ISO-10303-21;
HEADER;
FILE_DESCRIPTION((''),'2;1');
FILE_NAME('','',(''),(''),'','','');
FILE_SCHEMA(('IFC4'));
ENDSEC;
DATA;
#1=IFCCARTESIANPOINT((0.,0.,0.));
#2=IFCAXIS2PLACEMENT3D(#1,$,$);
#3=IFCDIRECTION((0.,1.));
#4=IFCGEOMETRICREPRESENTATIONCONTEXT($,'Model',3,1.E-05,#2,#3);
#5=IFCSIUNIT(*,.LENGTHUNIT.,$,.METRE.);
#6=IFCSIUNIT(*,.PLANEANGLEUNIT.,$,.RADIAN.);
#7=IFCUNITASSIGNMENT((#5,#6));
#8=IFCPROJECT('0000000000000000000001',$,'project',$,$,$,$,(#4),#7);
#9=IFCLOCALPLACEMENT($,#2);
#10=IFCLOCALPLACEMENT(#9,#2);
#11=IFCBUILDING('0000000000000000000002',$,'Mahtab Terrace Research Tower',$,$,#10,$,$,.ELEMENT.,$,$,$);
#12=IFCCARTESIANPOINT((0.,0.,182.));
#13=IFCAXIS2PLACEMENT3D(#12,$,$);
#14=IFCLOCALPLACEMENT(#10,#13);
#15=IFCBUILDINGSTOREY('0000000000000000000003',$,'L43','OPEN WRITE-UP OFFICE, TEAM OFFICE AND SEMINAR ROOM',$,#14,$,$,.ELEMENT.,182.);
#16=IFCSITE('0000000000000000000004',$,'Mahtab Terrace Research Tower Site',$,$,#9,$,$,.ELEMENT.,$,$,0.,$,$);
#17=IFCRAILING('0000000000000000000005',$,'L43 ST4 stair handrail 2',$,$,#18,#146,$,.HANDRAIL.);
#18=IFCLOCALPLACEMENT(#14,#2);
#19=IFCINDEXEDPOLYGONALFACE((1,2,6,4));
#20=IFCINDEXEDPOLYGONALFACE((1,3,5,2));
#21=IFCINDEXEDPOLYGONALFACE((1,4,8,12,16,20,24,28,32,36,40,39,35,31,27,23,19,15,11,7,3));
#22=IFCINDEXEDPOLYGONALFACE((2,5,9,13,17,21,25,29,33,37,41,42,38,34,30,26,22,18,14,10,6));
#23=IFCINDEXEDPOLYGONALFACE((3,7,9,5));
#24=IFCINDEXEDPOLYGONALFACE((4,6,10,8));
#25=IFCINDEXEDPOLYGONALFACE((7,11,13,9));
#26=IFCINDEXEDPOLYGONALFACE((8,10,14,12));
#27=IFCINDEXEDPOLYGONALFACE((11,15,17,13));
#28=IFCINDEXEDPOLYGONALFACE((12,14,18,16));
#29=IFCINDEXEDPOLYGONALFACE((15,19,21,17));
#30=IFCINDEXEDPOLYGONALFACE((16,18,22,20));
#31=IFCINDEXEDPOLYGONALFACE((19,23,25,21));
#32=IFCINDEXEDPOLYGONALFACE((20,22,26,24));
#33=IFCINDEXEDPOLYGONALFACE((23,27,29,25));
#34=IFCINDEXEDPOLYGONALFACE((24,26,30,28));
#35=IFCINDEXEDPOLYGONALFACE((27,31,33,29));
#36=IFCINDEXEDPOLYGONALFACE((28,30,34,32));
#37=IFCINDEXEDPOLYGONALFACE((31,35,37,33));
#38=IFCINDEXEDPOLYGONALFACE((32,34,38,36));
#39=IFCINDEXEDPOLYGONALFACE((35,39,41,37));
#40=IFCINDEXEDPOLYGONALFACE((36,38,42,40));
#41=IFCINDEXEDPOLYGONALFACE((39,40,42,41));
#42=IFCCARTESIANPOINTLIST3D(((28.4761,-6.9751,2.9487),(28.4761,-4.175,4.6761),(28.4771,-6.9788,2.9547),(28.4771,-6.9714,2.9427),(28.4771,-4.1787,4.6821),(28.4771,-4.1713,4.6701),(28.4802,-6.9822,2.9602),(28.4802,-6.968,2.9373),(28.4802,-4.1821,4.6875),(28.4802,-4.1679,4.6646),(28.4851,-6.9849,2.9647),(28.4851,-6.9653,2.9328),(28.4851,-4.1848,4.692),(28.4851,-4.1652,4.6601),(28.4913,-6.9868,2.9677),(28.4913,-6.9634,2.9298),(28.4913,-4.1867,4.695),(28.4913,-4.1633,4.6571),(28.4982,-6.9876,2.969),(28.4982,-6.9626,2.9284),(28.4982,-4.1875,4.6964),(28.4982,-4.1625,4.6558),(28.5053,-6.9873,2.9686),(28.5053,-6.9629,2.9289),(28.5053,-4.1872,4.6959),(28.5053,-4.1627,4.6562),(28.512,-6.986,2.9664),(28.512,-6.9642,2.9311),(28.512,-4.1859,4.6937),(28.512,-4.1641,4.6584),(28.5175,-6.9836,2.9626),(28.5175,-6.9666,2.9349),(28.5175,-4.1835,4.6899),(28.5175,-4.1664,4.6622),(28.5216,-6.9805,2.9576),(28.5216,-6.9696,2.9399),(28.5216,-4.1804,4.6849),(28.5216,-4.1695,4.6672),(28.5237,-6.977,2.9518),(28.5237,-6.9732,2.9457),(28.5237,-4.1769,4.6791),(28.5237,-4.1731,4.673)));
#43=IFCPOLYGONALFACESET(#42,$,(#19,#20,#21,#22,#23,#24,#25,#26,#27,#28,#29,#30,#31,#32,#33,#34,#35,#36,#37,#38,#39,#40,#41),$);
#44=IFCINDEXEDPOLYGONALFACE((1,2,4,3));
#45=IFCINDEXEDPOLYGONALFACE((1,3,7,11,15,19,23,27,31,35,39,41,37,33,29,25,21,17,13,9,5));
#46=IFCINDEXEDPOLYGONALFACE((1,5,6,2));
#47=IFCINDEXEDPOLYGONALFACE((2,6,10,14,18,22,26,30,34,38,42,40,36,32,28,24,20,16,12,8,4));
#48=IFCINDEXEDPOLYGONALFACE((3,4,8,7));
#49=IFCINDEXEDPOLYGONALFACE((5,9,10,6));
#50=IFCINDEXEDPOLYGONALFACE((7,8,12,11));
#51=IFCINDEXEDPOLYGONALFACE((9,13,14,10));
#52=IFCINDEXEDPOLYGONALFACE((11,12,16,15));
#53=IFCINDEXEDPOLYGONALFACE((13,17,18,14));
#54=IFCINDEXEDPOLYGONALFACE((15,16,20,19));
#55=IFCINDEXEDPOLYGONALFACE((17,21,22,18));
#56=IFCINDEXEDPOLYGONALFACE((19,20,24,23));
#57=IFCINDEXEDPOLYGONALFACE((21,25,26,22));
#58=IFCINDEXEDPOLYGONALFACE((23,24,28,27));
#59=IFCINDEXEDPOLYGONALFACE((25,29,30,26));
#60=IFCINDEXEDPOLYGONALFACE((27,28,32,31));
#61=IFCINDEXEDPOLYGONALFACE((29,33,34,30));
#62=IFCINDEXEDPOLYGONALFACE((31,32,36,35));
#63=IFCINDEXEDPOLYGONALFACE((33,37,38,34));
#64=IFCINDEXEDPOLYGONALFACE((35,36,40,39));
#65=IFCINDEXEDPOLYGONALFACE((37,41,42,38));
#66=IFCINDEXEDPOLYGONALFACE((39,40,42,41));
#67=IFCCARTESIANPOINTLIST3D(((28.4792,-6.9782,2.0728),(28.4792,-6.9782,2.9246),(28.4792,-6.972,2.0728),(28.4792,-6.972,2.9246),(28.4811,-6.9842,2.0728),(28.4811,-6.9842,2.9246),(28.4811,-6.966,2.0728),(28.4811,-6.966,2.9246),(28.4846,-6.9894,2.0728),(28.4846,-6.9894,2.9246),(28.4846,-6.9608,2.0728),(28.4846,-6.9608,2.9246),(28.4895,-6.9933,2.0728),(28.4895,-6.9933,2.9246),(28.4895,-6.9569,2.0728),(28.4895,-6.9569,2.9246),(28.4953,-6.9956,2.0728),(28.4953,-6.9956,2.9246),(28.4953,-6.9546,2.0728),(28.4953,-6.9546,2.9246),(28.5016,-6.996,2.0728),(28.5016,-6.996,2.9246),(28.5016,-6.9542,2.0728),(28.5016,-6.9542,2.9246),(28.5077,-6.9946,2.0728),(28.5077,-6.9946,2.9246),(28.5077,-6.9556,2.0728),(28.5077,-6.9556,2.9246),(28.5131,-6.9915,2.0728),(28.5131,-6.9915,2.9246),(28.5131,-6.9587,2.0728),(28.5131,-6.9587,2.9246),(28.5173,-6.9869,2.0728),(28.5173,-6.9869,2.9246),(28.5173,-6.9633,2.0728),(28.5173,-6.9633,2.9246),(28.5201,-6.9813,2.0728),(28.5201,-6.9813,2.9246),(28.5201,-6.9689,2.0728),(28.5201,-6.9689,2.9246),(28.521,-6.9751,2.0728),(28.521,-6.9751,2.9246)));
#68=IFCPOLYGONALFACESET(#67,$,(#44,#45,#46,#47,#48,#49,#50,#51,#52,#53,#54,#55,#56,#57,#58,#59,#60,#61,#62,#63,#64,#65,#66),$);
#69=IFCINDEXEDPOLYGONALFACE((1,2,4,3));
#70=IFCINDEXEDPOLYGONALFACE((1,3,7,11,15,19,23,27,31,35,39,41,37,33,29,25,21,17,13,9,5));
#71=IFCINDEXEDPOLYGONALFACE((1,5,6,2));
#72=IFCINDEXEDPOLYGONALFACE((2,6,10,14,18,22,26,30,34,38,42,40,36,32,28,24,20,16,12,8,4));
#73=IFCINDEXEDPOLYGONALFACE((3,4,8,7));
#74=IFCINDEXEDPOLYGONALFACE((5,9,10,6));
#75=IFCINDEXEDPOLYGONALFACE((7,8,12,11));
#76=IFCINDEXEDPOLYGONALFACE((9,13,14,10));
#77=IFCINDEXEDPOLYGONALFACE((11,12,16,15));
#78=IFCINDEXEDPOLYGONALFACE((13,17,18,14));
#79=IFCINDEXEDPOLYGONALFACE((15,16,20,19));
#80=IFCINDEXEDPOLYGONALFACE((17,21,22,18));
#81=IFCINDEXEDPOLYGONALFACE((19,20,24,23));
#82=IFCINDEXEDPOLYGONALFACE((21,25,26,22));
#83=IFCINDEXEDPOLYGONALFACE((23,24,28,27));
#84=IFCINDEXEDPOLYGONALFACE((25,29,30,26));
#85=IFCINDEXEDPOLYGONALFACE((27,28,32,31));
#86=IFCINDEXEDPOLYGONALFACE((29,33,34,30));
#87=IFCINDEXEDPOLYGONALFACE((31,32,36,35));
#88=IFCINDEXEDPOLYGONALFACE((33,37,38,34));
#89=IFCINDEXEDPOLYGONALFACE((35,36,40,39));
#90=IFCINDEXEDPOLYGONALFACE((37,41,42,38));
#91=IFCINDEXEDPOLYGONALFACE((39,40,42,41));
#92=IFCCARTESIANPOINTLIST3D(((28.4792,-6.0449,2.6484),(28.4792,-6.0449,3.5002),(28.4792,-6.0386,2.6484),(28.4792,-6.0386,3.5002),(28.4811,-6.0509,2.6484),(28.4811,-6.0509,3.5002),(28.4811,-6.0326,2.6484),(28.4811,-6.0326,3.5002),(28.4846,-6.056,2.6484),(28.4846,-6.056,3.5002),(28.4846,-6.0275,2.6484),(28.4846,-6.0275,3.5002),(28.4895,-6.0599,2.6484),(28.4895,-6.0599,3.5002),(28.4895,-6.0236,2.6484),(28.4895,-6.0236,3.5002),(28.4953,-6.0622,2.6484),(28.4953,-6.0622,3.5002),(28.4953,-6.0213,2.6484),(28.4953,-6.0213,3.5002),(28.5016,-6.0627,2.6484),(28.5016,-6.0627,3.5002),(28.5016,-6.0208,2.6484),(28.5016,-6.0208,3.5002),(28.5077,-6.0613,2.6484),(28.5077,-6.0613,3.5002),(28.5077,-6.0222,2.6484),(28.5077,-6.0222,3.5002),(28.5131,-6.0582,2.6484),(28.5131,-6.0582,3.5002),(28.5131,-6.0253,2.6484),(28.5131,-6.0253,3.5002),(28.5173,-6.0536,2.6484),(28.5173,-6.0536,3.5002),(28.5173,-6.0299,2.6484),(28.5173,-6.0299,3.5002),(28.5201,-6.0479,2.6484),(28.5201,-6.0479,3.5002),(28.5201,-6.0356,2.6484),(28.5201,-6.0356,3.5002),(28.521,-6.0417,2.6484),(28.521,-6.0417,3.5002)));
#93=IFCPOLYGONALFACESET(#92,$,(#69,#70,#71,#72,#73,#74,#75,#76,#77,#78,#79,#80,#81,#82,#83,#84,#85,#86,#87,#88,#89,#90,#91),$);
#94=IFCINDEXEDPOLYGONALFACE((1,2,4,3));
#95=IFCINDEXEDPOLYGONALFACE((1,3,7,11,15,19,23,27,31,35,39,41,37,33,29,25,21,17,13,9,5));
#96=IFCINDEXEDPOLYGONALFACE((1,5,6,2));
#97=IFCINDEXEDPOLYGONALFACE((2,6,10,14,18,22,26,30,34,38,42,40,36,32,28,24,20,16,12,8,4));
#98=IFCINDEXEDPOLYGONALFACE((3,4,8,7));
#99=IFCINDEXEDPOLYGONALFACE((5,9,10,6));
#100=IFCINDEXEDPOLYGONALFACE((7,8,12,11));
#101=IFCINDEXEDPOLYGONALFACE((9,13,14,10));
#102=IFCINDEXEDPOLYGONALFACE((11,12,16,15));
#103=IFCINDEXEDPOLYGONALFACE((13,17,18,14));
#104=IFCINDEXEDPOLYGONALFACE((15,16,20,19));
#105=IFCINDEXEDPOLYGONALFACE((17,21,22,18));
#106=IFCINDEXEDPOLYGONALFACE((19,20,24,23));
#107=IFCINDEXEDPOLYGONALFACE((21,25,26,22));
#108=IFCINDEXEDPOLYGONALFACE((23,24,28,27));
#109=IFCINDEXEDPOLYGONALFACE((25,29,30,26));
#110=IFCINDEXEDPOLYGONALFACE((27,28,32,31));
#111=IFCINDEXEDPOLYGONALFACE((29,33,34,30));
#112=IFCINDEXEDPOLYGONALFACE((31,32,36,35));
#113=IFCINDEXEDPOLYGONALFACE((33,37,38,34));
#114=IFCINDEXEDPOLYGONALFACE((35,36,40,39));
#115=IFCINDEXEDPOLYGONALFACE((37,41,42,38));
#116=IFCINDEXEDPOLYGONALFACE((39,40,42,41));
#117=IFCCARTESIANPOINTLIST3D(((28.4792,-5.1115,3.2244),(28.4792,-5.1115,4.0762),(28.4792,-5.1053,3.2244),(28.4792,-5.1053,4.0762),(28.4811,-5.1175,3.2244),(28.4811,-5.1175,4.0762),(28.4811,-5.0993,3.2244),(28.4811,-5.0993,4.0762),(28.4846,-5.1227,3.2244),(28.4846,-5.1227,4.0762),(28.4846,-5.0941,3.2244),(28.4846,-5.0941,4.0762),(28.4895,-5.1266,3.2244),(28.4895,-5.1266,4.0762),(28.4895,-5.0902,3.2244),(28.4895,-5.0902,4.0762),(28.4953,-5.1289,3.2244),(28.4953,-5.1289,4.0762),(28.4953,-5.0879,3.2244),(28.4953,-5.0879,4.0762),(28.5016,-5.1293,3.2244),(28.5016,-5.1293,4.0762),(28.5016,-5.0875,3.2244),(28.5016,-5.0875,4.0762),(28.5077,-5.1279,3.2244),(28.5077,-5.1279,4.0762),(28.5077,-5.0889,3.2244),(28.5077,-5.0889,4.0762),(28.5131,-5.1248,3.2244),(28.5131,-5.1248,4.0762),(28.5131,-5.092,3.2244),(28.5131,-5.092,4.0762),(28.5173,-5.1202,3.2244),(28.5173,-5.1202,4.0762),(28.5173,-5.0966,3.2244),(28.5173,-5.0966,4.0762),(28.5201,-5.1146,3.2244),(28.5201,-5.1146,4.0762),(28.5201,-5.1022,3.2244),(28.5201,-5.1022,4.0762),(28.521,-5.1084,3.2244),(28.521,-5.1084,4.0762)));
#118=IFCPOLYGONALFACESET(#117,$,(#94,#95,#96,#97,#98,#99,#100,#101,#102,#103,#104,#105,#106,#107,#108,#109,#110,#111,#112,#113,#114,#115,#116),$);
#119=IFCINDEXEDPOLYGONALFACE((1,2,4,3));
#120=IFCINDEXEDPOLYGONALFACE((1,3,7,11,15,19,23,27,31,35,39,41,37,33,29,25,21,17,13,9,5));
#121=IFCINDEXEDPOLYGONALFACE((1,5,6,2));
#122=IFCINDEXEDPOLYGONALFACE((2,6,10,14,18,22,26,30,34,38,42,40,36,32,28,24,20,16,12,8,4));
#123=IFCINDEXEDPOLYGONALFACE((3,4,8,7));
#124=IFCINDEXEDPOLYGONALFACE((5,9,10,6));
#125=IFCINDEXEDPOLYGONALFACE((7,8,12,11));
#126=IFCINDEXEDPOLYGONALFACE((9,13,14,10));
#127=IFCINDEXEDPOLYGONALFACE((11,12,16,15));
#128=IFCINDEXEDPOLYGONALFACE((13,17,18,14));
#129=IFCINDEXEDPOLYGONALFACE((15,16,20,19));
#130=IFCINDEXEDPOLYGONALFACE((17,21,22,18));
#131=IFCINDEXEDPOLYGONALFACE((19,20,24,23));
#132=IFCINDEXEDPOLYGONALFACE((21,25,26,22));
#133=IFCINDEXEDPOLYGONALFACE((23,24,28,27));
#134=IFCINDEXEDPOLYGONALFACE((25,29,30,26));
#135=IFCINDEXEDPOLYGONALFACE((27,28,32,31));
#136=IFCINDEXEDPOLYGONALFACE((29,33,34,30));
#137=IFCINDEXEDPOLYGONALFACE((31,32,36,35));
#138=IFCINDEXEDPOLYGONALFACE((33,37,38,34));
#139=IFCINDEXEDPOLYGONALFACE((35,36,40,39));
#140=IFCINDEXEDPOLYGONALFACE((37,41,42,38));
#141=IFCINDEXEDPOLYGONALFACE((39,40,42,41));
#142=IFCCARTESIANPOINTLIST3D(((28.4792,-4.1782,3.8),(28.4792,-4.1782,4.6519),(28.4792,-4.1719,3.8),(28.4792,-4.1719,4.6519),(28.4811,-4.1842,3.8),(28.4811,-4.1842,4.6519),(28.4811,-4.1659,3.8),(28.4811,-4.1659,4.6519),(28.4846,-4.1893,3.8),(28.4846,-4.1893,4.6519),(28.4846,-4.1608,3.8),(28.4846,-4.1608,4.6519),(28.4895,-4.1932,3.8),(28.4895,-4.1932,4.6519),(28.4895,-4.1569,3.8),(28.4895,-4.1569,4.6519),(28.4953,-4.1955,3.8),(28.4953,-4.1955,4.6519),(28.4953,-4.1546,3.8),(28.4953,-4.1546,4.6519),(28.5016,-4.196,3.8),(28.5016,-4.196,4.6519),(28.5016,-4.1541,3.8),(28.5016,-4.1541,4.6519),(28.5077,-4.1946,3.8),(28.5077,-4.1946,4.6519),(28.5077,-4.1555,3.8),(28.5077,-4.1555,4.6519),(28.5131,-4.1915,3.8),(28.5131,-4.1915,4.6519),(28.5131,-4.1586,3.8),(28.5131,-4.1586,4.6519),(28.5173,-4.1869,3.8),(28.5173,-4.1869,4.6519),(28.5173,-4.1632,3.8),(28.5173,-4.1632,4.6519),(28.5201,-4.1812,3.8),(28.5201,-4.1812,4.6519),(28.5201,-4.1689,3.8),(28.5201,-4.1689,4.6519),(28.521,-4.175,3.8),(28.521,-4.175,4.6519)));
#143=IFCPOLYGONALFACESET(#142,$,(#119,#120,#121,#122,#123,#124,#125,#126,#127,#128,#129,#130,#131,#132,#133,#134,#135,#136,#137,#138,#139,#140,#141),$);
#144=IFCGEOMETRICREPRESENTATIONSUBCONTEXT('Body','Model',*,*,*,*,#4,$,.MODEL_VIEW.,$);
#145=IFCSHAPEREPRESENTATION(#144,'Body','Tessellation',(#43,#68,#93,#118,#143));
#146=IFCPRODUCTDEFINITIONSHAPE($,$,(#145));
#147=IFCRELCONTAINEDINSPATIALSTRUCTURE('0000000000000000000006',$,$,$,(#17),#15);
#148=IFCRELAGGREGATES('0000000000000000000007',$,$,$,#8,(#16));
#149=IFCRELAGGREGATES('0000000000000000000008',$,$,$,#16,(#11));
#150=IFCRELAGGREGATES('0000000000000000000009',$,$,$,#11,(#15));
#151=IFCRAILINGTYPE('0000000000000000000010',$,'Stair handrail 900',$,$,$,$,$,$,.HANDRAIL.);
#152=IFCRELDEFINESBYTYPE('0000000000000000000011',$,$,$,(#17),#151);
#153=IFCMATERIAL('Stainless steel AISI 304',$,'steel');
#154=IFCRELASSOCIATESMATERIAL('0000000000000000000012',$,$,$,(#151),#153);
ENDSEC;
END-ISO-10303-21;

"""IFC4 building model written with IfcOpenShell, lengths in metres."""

from ifc_helpers import new_model, si_unit, direction, frame, origin, origin_2d, place, context, subcontext, project, spatial, circle, extrude, material, type_object, element, save


model = new_model("IFC4")

# Units and contexts
model_context = context("Model", 3, precision=1e-05, world=origin(), true_north=direction((0.0, 1.0)))
body_context = subcontext(model_context, "Body", "Model", "MODEL_VIEW")
ifc_project = project(units=[si_unit("LENGTHUNIT", "METRE"), si_unit("PLANEANGLEUNIT", "RADIAN")], contexts=[model_context])

# Site, building, storey
site_placement = place(None, origin())
site = spatial("IfcSite", under=ifc_project, at=site_placement, Name="Mahtab Terrace Research Tower Site", CompositionType="ELEMENT", RefElevation=0.0)
building_placement = place(site_placement, origin())
building = spatial("IfcBuilding", under=site, at=building_placement, Name="Mahtab Terrace Research Tower", CompositionType="ELEMENT")
storey_placement = place(building_placement, frame((0.0, 0.0, 182.0)))
storey = spatial("IfcBuildingStorey", under=building, at=storey_placement, Name="L43", Description="OPEN WRITE-UP OFFICE, TEAM OFFICE AND SEMINAR ROOM", CompositionType="ELEMENT", Elevation=182.0)

# Railing
ifc_material_1 = material(Name="Stainless steel AISI 304", Category="steel")
railing_type_1 = type_object("IfcRailingType", Name="Stair handrail 900", PredefinedType="HANDRAIL", material=ifc_material_1)
railing_1_placement = place(storey_placement, frame((28.5, -6.9751, 2.0728)))
element("IfcRailing", 1, at=railing_1_placement, inside=storey, type_object=railing_type_1, Name="L43 ST4 stair handrail 2", PredefinedType="HANDRAIL", context=body_context, shape_type="SweptSolid", body=[
    extrude(circle(Radius=0.0239, at=origin_2d()), frame((0.0, 0.0, 0.876), z_axis=(0.0, 0.85109, 0.52502), x_axis=(-1.0, 0.0, 0.0)), (0.0, 0.0, 1.0), 3.29),
    extrude(circle(Radius=0.021, at=origin_2d()), origin(), (0.0, 0.0, 1.0), 0.8518),
    extrude(circle(Radius=0.021, at=origin_2d()), frame((0.0, 0.9333, 0.5757)), (0.0, 0.0, 1.0), 0.8518),
    extrude(circle(Radius=0.021, at=origin_2d()), frame((0.0, 1.8667, 1.1516)), (0.0, 0.0, 1.0), 0.8518),
    extrude(circle(Radius=0.021, at=origin_2d()), frame((0.0, 2.8, 1.7273)), (0.0, 0.0, 1.0), 0.8518),
])

save(model, "model.ifc")
